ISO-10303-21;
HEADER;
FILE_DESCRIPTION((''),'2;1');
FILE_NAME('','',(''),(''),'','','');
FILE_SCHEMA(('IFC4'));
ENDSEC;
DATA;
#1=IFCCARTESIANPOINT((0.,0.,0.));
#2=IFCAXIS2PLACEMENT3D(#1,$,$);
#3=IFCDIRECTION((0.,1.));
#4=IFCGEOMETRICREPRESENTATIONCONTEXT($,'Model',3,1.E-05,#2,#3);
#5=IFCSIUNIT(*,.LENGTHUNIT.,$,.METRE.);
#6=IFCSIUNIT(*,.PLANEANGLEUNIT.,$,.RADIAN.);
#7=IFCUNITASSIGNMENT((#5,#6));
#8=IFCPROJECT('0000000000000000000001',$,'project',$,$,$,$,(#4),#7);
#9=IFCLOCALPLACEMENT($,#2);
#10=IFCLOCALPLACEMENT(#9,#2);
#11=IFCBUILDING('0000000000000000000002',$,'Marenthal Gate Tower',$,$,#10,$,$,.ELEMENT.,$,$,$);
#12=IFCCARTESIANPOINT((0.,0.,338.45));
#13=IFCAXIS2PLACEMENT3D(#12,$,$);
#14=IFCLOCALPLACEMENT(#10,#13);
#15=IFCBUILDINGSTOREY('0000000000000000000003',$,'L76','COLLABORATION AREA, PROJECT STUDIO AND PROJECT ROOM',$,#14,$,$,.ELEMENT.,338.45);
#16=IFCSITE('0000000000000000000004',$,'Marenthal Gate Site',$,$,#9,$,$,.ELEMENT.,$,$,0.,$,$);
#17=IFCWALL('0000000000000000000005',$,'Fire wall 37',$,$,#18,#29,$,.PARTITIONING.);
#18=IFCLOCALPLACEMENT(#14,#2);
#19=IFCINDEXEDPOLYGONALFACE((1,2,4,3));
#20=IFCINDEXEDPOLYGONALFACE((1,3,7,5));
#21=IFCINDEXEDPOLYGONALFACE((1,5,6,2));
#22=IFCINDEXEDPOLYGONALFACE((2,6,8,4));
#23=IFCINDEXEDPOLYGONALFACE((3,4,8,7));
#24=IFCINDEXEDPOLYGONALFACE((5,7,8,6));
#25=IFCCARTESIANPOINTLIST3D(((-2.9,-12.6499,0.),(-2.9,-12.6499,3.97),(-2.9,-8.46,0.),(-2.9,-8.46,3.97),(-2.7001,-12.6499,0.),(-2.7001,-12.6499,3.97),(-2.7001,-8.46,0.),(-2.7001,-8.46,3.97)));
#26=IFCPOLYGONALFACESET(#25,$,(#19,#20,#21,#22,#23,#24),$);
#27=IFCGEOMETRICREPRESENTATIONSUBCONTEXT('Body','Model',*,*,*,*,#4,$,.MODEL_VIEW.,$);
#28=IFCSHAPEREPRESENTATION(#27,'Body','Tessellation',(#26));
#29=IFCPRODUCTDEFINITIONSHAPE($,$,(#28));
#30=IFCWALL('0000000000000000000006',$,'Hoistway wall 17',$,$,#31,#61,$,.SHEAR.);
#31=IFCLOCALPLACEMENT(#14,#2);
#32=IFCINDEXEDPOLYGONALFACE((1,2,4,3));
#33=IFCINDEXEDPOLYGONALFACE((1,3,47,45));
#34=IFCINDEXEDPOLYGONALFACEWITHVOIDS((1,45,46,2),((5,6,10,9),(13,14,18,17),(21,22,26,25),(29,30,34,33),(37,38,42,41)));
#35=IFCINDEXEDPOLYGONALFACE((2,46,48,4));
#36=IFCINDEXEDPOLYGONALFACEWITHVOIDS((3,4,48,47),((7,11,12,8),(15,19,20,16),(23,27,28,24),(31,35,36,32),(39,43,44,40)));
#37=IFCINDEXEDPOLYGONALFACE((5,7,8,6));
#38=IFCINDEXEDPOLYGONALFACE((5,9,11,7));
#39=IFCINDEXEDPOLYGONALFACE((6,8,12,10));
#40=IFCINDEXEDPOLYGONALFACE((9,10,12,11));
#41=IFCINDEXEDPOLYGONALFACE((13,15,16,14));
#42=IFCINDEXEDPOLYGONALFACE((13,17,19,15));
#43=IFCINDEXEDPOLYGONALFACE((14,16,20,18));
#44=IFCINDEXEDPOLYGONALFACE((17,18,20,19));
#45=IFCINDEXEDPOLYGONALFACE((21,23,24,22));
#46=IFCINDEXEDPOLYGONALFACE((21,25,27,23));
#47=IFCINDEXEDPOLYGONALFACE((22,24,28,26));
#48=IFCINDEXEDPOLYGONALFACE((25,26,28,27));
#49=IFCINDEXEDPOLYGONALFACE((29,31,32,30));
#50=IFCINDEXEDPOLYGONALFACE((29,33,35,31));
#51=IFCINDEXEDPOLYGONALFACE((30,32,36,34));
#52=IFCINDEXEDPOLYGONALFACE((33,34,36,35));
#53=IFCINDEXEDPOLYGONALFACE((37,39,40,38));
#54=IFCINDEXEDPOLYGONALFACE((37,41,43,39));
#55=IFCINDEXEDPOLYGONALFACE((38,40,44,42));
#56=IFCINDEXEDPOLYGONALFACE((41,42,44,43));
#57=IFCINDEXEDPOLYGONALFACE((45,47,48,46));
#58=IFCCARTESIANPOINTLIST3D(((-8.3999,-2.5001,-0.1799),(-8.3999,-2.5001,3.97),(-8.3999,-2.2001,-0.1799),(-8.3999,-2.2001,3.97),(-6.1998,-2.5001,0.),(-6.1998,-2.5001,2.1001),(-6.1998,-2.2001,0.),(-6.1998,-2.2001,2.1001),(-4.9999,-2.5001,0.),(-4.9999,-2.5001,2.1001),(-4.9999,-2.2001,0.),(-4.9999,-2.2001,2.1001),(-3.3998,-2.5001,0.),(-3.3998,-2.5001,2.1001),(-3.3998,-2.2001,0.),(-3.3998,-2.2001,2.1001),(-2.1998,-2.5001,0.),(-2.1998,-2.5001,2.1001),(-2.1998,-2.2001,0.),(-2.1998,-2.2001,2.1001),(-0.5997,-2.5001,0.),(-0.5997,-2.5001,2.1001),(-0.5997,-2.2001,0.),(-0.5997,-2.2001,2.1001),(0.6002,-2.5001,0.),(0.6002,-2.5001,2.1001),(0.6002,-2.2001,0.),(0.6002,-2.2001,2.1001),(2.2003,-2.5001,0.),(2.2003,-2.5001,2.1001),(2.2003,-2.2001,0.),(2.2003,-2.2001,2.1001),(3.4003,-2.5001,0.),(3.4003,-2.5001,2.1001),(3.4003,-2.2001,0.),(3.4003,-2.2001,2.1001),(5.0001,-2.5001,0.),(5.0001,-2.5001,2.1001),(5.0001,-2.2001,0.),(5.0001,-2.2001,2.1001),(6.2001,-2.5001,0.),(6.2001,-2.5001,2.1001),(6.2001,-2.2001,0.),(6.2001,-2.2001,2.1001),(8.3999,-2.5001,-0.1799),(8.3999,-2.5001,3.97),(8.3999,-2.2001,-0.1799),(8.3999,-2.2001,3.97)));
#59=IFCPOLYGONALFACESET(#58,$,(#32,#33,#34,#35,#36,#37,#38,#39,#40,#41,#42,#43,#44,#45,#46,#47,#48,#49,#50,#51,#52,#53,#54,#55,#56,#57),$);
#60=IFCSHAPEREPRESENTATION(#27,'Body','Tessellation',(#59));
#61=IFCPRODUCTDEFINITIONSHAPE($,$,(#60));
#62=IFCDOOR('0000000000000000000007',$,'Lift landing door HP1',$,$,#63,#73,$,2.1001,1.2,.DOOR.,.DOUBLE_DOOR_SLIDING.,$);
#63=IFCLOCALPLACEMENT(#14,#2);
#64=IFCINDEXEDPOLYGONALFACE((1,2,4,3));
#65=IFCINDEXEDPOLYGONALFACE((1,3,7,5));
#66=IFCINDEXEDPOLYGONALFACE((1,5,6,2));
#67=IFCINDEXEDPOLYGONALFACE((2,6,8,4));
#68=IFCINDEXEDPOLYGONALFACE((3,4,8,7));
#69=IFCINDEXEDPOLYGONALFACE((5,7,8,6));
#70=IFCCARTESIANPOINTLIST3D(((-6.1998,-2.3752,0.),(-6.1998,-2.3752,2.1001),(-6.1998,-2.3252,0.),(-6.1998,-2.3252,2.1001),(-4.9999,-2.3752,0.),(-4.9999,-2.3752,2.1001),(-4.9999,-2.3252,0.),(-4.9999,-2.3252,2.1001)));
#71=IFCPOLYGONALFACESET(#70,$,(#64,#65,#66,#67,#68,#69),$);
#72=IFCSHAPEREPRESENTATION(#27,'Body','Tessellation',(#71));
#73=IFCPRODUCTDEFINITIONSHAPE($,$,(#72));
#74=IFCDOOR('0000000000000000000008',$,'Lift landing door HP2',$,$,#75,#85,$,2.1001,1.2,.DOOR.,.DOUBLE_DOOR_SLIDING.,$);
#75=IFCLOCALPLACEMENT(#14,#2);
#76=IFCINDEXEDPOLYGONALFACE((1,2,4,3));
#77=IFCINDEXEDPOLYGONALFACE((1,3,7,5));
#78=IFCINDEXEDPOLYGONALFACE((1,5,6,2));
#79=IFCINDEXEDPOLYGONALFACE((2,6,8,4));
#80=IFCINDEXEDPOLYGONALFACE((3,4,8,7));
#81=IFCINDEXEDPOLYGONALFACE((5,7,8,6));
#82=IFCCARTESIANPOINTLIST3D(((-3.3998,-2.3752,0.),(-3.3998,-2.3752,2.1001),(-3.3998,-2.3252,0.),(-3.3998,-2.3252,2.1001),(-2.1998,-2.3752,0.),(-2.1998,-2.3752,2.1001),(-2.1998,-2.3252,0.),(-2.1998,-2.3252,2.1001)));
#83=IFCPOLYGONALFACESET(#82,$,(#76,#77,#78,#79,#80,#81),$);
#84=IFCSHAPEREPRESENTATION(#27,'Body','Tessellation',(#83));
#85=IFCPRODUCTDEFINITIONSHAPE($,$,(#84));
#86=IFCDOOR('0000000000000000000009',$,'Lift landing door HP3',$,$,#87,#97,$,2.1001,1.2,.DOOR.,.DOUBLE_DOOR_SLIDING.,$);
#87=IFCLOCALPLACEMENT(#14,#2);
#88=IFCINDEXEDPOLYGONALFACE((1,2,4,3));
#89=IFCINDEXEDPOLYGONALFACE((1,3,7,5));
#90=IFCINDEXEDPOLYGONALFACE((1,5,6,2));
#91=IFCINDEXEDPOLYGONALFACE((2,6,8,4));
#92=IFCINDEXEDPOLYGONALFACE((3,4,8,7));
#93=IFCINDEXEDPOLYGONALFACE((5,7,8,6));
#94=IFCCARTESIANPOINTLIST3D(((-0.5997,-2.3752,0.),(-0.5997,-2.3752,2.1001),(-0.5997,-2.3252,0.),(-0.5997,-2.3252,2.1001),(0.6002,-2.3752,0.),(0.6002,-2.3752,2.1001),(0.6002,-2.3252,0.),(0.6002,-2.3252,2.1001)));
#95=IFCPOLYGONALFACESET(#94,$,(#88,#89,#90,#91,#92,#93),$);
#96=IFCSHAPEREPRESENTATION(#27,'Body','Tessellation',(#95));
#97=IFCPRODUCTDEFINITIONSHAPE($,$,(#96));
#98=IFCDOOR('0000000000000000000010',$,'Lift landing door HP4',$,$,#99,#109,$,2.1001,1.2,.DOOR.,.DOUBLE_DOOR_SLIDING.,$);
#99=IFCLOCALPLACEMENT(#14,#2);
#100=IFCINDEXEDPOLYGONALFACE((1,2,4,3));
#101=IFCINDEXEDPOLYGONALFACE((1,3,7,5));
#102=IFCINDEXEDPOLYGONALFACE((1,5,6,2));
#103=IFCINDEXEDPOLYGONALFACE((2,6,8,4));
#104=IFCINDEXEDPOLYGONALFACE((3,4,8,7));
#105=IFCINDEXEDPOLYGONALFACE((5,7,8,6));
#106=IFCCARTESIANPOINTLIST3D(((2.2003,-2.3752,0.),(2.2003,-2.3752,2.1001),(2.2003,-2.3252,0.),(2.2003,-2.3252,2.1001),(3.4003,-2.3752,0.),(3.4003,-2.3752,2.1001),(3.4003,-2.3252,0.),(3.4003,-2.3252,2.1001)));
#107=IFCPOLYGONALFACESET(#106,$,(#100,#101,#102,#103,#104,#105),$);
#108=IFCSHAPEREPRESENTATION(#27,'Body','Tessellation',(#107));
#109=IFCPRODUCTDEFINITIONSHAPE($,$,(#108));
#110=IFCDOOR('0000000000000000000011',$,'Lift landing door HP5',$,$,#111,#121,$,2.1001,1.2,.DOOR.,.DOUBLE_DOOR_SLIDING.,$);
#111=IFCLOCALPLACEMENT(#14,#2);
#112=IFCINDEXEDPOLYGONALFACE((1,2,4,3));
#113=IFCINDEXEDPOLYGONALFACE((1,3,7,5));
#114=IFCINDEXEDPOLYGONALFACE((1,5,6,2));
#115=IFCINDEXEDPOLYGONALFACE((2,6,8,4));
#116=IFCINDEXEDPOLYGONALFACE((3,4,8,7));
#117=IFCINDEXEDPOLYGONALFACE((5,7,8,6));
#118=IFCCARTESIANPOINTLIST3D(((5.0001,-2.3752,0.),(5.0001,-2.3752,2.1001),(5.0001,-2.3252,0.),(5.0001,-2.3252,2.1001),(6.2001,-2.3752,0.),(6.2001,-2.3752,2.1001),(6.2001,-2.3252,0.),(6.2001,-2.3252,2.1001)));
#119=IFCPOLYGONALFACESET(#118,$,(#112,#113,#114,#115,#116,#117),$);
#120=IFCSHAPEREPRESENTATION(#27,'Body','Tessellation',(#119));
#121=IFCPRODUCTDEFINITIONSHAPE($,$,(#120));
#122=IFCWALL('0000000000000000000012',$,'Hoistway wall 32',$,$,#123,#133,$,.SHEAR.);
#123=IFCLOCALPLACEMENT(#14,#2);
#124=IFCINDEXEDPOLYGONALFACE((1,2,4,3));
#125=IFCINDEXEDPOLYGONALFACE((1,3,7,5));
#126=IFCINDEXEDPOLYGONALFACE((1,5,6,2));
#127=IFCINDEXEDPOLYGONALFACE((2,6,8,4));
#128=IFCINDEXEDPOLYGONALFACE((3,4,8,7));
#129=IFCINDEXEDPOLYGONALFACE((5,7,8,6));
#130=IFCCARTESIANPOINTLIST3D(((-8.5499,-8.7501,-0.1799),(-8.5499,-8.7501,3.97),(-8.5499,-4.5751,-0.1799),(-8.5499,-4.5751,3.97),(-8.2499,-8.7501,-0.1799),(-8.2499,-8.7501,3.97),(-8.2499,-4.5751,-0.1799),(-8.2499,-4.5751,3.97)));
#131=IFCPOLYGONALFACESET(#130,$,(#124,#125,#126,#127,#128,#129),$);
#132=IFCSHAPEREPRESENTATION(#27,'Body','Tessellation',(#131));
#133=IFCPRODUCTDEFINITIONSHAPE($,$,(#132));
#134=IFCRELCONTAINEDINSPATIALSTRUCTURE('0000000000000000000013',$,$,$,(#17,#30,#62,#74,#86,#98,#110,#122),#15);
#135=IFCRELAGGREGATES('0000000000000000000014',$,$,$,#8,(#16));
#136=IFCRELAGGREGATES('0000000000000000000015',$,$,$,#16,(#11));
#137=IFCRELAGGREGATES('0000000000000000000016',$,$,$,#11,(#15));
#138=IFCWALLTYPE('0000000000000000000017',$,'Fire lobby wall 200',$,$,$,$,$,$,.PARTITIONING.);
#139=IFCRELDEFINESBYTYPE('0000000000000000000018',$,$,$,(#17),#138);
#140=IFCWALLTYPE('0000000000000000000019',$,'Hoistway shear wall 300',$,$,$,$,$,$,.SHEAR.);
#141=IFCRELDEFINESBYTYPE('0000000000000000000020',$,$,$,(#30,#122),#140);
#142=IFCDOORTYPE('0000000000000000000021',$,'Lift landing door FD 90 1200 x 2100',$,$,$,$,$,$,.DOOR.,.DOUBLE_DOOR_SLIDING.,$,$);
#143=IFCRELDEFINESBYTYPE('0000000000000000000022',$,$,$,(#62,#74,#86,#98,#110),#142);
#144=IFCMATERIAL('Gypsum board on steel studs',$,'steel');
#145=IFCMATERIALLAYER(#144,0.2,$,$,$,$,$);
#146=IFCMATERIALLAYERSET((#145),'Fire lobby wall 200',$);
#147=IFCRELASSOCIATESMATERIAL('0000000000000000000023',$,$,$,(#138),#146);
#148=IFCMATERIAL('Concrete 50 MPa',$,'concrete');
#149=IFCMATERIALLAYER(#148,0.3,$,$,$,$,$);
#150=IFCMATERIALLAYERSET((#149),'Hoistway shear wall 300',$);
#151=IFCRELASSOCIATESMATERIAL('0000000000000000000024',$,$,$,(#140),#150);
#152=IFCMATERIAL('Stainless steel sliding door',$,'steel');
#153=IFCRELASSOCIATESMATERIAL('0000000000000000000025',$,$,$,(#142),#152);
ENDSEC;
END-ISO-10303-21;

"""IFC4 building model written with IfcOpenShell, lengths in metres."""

from ifc_helpers import new_model, si_unit, direction, frame, frame_2d, origin, place, context, subcontext, project, spatial, rectangle, extrude, material, layer, layer_set, type_object, element, fill, save


model = new_model("IFC4")

# Units and contexts
model_context = context("Model", 3, precision=1e-05, world=origin(), true_north=direction((0.0, 1.0)))
body_context = subcontext(model_context, "Body", "Model", "MODEL_VIEW")
ifc_project = project(units=[si_unit("LENGTHUNIT", "METRE"), si_unit("PLANEANGLEUNIT", "RADIAN")], contexts=[model_context])

# Site, building, storey
site_placement = place(None, origin())
site = spatial("IfcSite", under=ifc_project, at=site_placement, Name="Marenthal Gate Site", CompositionType="ELEMENT", RefElevation=0.0)
building_placement = place(site_placement, origin())
building = spatial("IfcBuilding", under=site, at=building_placement, Name="Marenthal Gate Tower", CompositionType="ELEMENT")
storey_placement = place(building_placement, frame((0.0, 0.0, 338.45)))
storey = spatial("IfcBuildingStorey", under=building, at=storey_placement, Name="L76", Description="COLLABORATION AREA, PROJECT STUDIO AND PROJECT ROOM", CompositionType="ELEMENT", Elevation=338.45)

# Wall
ifc_material_1 = material(Name="Gypsum board on steel studs", Category="steel")
ifc_layer_1 = layer(ifc_material_1, 0.2)
ifc_layer_set_1 = layer_set([ifc_layer_1], Name="Fire lobby wall 200")
wall_type_1 = type_object("IfcWallType", Name="Fire lobby wall 200", PredefinedType="PARTITIONING", material=ifc_layer_set_1)
wall_1_placement = place(storey_placement, frame((-2.8, -12.6499, 0.0), z_axis=(0.0, 0.0, 1.0), x_axis=(0.0, 1.0, 0.0)))
element("IfcWall", 1, at=wall_1_placement, inside=storey, type_object=wall_type_1, Name="Fire wall 37", PredefinedType="PARTITIONING", context=body_context, shape_type="SweptSolid", body=[
    extrude(rectangle(XDim=4.1899, YDim=0.2, at=frame_2d((2.095, 0.0))), origin(), (0.0, 0.0, 1.0), 3.97),
])

# Wall, openings, doors
ifc_material_2 = material(Name="Concrete 50 MPa", Category="concrete")
ifc_layer_2 = layer(ifc_material_2, 0.3)
ifc_layer_set_2 = layer_set([ifc_layer_2], Name="Hoistway shear wall 300")
wall_type_2 = type_object("IfcWallType", Name="Hoistway shear wall 300", PredefinedType="SHEAR", material=ifc_layer_set_2)
wall_2_placement = place(storey_placement, frame((-8.3999, -2.3501, -0.1799), z_axis=(0.0, 0.0, 1.0), x_axis=(1.0, 0.0, 0.0)))
wall_2 = element("IfcWall", 2, at=wall_2_placement, inside=storey, type_object=wall_type_2, Name="Hoistway wall 17", PredefinedType="SHEAR", context=body_context, shape_type="SweptSolid", body=[
    extrude(rectangle(XDim=16.7998, YDim=0.3, at=frame_2d((8.3999, 0.0))), origin(), (0.0, 0.0, 1.0), 4.1499),
])
opening_1_placement = place(wall_2_placement, frame((2.2, 0.0, 0.1799)))
opening_1 = element("IfcOpeningElement", 3, at=opening_1_placement, cuts=wall_2, PredefinedType="OPENING", context=body_context, shape_type="SweptSolid", body=[
    extrude(rectangle(XDim=1.2, YDim=2.1001, at=frame_2d((0.6001, 1.05))), frame((0.0, 0.1602, 0.0), z_axis=(0.0, -1.0, 0.0), x_axis=(1.0, 0.0, 0.0)), (0.0, 0.0, 1.0), 0.3201),
])
opening_2_placement = place(wall_2_placement, frame((5.0, 0.0, 0.1799)))
opening_2 = element("IfcOpeningElement", 4, at=opening_2_placement, cuts=wall_2, PredefinedType="OPENING", context=body_context, shape_type="SweptSolid", body=[
    extrude(rectangle(XDim=1.2, YDim=2.1001, at=frame_2d((0.6001, 1.05))), frame((0.0, 0.1602, 0.0), z_axis=(0.0, -1.0, 0.0), x_axis=(1.0, 0.0, 0.0)), (0.0, 0.0, 1.0), 0.3201),
])
opening_3_placement = place(wall_2_placement, frame((7.8, 0.0, 0.1799)))
opening_3 = element("IfcOpeningElement", 5, at=opening_3_placement, cuts=wall_2, PredefinedType="OPENING", context=body_context, shape_type="SweptSolid", body=[
    extrude(rectangle(XDim=1.2, YDim=2.1001, at=frame_2d((0.6001, 1.05))), frame((0.0, 0.1602, 0.0), z_axis=(0.0, -1.0, 0.0), x_axis=(1.0, 0.0, 0.0)), (0.0, 0.0, 1.0), 0.3201),
])
opening_4_placement = place(wall_2_placement, frame((10.6001, 0.0, 0.1799)))
opening_4 = element("IfcOpeningElement", 6, at=opening_4_placement, cuts=wall_2, PredefinedType="OPENING", context=body_context, shape_type="SweptSolid", body=[
    extrude(rectangle(XDim=1.2, YDim=2.1001, at=frame_2d((0.6001, 1.05))), frame((0.0, 0.1602, 0.0), z_axis=(0.0, -1.0, 0.0), x_axis=(1.0, 0.0, 0.0)), (0.0, 0.0, 1.0), 0.3201),
])
opening_5_placement = place(wall_2_placement, frame((13.3999, 0.0, 0.1799)))
opening_5 = element("IfcOpeningElement", 7, at=opening_5_placement, cuts=wall_2, PredefinedType="OPENING", context=body_context, shape_type="SweptSolid", body=[
    extrude(rectangle(XDim=1.2, YDim=2.1001, at=frame_2d((0.6001, 1.05))), frame((0.0, 0.1602, 0.0), z_axis=(0.0, -1.0, 0.0), x_axis=(1.0, 0.0, 0.0)), (0.0, 0.0, 1.0), 0.3201),
])
ifc_material_3 = material(Name="Stainless steel sliding door", Category="steel")
door_type_1 = type_object("IfcDoorType", Name="Lift landing door FD 90 1200 x 2100", OperationType="DOUBLE_DOOR_SLIDING", PredefinedType="DOOR", material=ifc_material_3)
door_1_placement = place(opening_1_placement, origin())
door_1 = element("IfcDoor", 8, at=door_1_placement, inside=storey, type_object=door_type_1, Name="Lift landing door HP1", OperationType="DOUBLE_DOOR_SLIDING", OverallHeight=2.1001, OverallWidth=1.2, PredefinedType="DOOR", context=body_context, shape_type="SweptSolid", body=[
    extrude(rectangle(XDim=1.2, YDim=2.1001, at=frame_2d((0.6001, 1.05))), frame((0.0, 0.0249, 0.0), z_axis=(0.0, -1.0, 0.0), x_axis=(1.0, 0.0, 0.0)), (0.0, 0.0, 1.0), 0.05),
])
fill(opening_1, door_1)
door_2_placement = place(opening_2_placement, origin())
door_2 = element("IfcDoor", 9, at=door_2_placement, inside=storey, type_object=door_type_1, Name="Lift landing door HP2", OperationType="DOUBLE_DOOR_SLIDING", OverallHeight=2.1001, OverallWidth=1.2, PredefinedType="DOOR", context=body_context, shape_type="SweptSolid", body=[
    extrude(rectangle(XDim=1.2, YDim=2.1001, at=frame_2d((0.6001, 1.05))), frame((0.0, 0.0249, 0.0), z_axis=(0.0, -1.0, 0.0), x_axis=(1.0, 0.0, 0.0)), (0.0, 0.0, 1.0), 0.05),
])
fill(opening_2, door_2)
door_3_placement = place(opening_3_placement, origin())
door_3 = element("IfcDoor", 10, at=door_3_placement, inside=storey, type_object=door_type_1, Name="Lift landing door HP3", OperationType="DOUBLE_DOOR_SLIDING", OverallHeight=2.1001, OverallWidth=1.2, PredefinedType="DOOR", context=body_context, shape_type="SweptSolid", body=[
    extrude(rectangle(XDim=1.2, YDim=2.1001, at=frame_2d((0.6001, 1.05))), frame((0.0, 0.0249, 0.0), z_axis=(0.0, -1.0, 0.0), x_axis=(1.0, 0.0, 0.0)), (0.0, 0.0, 1.0), 0.05),
])
fill(opening_3, door_3)
door_4_placement = place(opening_4_placement, origin())
door_4 = element("IfcDoor", 11, at=door_4_placement, inside=storey, type_object=door_type_1, Name="Lift landing door HP4", OperationType="DOUBLE_DOOR_SLIDING", OverallHeight=2.1001, OverallWidth=1.2, PredefinedType="DOOR", context=body_context, shape_type="SweptSolid", body=[
    extrude(rectangle(XDim=1.2, YDim=2.1001, at=frame_2d((0.6001, 1.05))), frame((0.0, 0.0249, 0.0), z_axis=(0.0, -1.0, 0.0), x_axis=(1.0, 0.0, 0.0)), (0.0, 0.0, 1.0), 0.05),
])
fill(opening_4, door_4)
door_5_placement = place(opening_5_placement, origin())
door_5 = element("IfcDoor", 12, at=door_5_placement, inside=storey, type_object=door_type_1, Name="Lift landing door HP5", OperationType="DOUBLE_DOOR_SLIDING", OverallHeight=2.1001, OverallWidth=1.2, PredefinedType="DOOR", context=body_context, shape_type="SweptSolid", body=[
    extrude(rectangle(XDim=1.2, YDim=2.1001, at=frame_2d((0.6001, 1.05))), frame((0.0, 0.0249, 0.0), z_axis=(0.0, -1.0, 0.0), x_axis=(1.0, 0.0, 0.0)), (0.0, 0.0, 1.0), 0.05),
])
fill(opening_5, door_5)

# Wall
wall_3_placement = place(storey_placement, frame((-8.3999, -8.75, -0.1799), z_axis=(0.0, 0.0, 1.0), x_axis=(0.0, 1.0, 0.0)))
element("IfcWall", 13, at=wall_3_placement, inside=storey, type_object=wall_type_2, Name="Hoistway wall 32", PredefinedType="SHEAR", context=body_context, shape_type="SweptSolid", body=[
    extrude(rectangle(XDim=4.175, YDim=0.3, at=frame_2d((2.0874, 0.0))), origin(), (0.0, 0.0, 1.0), 4.1499),
])

save(model, "model.ifc")
